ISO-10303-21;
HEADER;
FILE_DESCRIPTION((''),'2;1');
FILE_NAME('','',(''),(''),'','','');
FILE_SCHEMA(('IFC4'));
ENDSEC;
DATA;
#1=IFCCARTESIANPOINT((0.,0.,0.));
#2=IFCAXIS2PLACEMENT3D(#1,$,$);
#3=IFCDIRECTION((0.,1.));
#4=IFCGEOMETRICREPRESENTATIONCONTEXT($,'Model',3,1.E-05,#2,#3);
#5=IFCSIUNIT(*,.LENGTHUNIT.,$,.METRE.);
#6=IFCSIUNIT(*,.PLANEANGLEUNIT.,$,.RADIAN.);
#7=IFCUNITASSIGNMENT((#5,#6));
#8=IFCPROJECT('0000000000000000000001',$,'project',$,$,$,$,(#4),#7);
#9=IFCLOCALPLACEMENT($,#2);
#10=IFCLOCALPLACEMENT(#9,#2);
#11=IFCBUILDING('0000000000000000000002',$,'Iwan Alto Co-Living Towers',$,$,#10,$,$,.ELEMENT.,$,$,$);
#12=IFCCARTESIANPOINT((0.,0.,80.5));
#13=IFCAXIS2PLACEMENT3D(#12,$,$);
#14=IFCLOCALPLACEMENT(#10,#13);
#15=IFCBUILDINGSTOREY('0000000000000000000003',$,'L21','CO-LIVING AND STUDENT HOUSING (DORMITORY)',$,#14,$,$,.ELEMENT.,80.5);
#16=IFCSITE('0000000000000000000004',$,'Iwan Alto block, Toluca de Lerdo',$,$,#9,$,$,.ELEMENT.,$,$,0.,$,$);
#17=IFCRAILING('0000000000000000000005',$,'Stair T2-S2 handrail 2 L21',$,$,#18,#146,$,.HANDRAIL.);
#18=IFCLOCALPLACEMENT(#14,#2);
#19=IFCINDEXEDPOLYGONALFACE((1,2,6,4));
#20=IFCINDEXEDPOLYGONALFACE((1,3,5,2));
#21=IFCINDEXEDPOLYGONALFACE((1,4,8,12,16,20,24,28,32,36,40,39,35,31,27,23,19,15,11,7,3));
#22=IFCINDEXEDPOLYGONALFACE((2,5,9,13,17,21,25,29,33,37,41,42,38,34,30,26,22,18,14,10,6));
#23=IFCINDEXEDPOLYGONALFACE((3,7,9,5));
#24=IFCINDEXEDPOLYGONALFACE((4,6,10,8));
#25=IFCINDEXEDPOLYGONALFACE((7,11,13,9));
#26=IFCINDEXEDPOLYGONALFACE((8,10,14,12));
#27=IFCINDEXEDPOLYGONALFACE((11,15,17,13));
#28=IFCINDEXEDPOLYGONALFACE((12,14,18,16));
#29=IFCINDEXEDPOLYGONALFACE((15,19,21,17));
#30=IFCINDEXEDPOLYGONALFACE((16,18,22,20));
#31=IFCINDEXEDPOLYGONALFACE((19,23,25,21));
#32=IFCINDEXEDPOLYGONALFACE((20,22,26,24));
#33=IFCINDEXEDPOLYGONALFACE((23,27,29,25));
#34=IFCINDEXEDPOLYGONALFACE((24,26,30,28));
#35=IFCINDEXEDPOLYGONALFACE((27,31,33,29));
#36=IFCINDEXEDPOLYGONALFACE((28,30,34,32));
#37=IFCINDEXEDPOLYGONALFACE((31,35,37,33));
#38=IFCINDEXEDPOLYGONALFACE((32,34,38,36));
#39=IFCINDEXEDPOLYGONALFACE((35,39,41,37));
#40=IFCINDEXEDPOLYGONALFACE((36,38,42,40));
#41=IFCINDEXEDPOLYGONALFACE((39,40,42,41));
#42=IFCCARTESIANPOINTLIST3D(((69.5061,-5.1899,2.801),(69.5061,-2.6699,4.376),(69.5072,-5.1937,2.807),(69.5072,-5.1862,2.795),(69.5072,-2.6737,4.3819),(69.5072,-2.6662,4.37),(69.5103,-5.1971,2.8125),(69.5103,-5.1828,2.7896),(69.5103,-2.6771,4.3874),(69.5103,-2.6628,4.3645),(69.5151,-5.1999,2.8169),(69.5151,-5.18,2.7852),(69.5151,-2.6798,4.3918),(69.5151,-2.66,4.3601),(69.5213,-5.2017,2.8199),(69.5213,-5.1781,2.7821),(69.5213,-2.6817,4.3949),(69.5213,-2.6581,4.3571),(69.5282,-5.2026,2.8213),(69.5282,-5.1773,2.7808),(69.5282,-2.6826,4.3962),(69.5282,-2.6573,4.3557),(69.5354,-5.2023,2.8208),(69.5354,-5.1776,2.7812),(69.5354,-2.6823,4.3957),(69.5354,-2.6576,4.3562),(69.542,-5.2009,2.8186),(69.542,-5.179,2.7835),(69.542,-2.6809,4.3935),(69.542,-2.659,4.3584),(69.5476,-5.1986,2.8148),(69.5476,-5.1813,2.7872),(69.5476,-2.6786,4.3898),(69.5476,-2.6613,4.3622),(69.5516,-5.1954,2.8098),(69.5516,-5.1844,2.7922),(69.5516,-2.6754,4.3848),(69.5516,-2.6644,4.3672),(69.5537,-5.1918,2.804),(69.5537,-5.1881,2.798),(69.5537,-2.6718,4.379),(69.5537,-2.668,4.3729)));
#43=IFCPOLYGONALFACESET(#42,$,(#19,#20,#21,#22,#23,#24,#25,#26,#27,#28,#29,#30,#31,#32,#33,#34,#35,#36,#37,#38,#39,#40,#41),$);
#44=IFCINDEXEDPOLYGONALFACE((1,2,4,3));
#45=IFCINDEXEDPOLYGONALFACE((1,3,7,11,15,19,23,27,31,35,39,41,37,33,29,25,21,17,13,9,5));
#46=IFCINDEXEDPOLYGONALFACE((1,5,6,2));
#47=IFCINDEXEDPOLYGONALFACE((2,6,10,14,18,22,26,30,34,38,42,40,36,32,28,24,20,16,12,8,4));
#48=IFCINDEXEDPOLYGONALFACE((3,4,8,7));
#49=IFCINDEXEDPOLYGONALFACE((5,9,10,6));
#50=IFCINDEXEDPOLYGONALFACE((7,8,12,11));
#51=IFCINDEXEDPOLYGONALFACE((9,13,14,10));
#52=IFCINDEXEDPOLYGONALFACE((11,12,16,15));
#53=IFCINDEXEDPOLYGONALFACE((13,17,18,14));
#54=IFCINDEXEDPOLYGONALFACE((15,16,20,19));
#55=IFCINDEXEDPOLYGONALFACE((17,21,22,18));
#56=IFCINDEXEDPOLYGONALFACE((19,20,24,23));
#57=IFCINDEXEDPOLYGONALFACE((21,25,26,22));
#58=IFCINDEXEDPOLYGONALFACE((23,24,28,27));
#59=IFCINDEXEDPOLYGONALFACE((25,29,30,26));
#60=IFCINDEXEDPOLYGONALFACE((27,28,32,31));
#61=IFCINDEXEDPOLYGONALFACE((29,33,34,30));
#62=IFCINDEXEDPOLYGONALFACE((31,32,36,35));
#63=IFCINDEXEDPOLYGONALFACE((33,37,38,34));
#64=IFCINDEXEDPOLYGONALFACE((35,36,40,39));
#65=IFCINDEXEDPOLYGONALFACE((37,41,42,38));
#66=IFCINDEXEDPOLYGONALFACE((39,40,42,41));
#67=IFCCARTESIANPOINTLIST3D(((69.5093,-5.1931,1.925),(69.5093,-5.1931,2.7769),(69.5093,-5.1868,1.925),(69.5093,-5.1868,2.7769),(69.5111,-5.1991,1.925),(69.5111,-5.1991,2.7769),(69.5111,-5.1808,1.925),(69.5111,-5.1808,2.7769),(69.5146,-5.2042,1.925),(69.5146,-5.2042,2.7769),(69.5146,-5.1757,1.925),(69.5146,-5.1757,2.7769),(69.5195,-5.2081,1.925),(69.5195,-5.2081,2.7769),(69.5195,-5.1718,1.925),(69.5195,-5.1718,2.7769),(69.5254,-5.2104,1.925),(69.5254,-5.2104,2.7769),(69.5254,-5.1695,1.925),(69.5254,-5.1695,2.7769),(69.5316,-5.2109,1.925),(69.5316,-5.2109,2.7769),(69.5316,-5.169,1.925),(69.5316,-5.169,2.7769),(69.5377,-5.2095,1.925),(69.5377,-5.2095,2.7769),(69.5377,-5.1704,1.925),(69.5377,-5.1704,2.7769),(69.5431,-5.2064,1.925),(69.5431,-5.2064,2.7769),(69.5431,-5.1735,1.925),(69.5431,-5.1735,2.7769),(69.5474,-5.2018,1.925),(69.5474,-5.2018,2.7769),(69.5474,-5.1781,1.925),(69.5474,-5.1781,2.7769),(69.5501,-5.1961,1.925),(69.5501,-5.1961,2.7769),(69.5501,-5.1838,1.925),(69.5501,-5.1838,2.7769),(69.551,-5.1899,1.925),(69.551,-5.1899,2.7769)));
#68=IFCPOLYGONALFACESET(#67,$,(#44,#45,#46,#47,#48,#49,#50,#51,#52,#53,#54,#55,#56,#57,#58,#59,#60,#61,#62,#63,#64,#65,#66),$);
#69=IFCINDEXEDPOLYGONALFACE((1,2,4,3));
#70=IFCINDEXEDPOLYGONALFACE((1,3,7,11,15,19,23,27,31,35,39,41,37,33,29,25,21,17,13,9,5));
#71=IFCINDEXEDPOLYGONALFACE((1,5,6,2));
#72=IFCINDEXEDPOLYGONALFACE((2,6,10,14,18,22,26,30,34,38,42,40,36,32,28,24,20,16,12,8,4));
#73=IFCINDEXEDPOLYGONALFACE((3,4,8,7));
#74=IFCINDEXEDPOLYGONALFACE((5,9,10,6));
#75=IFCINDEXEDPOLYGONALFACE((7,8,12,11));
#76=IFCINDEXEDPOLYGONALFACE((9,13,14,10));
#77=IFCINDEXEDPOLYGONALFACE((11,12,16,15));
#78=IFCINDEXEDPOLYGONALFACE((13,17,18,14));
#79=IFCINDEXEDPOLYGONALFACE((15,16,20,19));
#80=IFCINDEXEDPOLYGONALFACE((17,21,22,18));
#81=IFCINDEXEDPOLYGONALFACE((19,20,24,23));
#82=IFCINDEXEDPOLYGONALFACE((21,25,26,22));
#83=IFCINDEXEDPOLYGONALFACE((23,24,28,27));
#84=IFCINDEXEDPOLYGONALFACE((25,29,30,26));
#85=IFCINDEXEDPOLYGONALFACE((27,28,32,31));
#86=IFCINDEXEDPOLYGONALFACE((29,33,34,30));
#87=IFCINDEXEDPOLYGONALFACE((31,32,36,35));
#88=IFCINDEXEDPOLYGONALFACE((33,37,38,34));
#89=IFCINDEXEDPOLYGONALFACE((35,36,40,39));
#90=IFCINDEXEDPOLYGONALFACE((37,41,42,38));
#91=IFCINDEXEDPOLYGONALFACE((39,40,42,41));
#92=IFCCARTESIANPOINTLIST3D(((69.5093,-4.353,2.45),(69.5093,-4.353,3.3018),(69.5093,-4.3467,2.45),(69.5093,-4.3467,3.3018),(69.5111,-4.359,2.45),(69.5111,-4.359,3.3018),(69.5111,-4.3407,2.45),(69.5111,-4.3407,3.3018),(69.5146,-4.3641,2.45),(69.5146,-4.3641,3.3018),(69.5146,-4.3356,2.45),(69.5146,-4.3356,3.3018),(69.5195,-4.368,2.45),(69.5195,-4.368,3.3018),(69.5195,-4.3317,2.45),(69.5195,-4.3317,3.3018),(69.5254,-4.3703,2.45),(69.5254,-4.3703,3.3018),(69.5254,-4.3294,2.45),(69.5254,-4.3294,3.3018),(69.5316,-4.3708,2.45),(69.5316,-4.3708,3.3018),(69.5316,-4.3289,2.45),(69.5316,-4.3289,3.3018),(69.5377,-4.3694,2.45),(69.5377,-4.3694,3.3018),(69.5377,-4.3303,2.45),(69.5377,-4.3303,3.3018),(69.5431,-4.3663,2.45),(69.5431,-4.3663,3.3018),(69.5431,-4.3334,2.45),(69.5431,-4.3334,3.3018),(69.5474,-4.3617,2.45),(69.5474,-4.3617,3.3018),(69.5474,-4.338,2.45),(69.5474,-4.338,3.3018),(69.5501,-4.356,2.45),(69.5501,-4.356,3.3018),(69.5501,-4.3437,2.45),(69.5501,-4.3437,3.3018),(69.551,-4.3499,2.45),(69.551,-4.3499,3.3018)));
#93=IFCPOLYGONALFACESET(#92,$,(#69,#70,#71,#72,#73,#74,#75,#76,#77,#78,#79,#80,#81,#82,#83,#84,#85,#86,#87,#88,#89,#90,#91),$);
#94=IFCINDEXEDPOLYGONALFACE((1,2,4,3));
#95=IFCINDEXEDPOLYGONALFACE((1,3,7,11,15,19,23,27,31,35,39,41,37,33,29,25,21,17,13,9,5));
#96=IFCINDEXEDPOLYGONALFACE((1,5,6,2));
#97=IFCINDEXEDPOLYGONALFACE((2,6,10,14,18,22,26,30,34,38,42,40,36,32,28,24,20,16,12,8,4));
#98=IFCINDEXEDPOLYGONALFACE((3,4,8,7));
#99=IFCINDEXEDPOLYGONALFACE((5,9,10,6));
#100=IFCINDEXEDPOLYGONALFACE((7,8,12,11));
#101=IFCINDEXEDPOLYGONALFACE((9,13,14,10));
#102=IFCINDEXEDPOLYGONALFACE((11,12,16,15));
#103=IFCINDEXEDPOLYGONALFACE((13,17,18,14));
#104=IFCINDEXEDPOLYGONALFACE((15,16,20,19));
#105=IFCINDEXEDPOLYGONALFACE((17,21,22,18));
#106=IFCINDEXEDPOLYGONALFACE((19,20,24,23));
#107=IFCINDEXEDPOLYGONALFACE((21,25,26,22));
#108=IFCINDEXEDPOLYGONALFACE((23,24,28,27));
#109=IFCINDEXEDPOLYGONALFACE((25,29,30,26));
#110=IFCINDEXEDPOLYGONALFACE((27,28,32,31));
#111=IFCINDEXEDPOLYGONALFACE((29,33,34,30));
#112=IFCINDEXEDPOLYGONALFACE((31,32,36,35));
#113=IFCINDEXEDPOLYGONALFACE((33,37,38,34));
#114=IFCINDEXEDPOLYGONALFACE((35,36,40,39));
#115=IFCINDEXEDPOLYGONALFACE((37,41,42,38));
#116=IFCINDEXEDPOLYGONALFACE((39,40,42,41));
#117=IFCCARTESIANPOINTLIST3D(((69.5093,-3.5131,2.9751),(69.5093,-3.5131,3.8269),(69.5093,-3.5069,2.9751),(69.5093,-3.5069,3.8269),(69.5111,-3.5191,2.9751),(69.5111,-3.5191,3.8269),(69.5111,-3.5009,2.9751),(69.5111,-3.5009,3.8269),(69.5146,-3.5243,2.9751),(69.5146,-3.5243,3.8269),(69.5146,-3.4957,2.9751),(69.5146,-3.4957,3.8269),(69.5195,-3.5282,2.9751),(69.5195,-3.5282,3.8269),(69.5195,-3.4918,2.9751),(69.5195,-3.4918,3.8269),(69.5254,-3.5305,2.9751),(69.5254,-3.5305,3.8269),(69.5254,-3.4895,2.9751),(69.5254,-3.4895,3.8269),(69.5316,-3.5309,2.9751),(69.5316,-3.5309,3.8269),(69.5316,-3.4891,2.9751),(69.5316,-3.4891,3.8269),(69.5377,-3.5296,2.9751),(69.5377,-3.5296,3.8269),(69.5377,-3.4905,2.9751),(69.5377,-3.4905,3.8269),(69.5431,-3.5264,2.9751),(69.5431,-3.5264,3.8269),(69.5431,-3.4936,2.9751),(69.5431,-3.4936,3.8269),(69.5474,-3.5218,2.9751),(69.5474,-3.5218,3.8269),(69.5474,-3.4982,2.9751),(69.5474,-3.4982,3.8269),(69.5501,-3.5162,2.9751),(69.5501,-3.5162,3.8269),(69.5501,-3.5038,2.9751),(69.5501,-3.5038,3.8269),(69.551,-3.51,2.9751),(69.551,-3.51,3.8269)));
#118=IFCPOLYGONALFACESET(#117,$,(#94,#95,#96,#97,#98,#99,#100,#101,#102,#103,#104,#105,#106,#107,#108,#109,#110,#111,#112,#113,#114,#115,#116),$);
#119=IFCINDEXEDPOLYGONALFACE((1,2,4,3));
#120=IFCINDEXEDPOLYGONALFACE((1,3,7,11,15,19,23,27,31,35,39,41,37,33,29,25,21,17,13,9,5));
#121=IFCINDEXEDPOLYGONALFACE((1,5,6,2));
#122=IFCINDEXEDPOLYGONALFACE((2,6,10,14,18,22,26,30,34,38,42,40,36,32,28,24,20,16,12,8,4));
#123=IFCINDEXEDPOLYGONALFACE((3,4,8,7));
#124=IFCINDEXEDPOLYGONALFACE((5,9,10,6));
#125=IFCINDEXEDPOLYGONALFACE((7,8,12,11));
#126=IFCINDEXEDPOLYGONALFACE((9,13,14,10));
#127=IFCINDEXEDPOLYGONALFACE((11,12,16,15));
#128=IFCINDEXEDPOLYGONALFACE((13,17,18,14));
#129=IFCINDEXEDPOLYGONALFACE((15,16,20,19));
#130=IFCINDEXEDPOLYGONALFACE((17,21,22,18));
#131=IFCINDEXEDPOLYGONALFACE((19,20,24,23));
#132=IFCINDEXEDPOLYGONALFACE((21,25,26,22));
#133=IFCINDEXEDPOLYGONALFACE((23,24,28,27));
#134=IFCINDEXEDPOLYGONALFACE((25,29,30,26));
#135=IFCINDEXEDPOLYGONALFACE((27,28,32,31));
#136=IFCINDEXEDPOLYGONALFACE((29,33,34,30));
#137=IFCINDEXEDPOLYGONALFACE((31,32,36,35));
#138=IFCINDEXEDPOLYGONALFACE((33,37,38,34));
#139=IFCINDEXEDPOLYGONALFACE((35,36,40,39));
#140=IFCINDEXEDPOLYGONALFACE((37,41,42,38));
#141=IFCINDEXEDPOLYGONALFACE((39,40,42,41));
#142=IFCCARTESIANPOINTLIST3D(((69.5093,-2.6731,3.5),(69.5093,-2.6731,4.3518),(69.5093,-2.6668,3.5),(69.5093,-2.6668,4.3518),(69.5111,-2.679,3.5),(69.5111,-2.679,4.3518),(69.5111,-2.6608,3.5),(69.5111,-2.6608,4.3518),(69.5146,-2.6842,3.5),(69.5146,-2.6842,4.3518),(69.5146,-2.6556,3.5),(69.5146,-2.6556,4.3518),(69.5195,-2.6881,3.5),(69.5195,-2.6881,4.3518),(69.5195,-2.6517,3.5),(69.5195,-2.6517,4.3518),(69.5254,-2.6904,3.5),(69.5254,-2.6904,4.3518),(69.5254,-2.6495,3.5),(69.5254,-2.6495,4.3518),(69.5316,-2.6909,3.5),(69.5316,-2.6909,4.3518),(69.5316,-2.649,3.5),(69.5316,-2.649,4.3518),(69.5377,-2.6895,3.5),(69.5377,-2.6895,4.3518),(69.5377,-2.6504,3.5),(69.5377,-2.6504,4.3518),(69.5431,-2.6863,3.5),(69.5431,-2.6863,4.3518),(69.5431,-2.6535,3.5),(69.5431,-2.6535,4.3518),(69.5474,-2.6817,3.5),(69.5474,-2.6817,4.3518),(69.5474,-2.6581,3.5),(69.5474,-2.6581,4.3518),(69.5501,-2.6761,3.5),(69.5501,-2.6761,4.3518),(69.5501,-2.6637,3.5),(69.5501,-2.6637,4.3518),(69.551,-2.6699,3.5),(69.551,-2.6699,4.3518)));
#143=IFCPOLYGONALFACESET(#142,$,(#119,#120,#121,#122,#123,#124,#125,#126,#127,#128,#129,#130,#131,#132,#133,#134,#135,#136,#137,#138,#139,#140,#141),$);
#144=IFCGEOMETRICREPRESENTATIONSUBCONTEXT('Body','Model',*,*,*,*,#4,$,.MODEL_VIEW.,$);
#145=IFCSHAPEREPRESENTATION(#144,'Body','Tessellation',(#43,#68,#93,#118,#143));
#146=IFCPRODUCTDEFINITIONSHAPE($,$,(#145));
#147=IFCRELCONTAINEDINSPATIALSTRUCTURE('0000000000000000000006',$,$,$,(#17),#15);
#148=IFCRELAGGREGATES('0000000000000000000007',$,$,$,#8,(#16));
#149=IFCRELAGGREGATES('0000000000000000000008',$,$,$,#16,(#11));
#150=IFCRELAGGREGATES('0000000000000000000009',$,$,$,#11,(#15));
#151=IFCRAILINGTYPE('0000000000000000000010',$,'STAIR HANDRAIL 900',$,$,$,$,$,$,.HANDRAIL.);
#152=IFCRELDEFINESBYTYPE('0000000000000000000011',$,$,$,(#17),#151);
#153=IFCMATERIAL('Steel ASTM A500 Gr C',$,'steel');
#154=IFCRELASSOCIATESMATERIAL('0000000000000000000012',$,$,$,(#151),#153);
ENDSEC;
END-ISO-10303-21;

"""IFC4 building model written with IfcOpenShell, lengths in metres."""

from ifc_helpers import new_model, si_unit, direction, frame, origin, origin_2d, place, context, subcontext, project, spatial, circle, extrude, material, type_object, element, save


model = new_model("IFC4")

# Units and contexts
model_context = context("Model", 3, precision=1e-05, world=origin(), true_north=direction((0.0, 1.0)))
body_context = subcontext(model_context, "Body", "Model", "MODEL_VIEW")
ifc_project = project(units=[si_unit("LENGTHUNIT", "METRE"), si_unit("PLANEANGLEUNIT", "RADIAN")], contexts=[model_context])

# Site, building, storey
site_placement = place(None, origin())
site = spatial("IfcSite", under=ifc_project, at=site_placement, Name="Iwan Alto block, Toluca de Lerdo", CompositionType="ELEMENT", RefElevation=0.0)
building_placement = place(site_placement, origin())
building = spatial("IfcBuilding", under=site, at=building_placement, Name="Iwan Alto Co-Living Towers", CompositionType="ELEMENT")
storey_placement = place(building_placement, frame((0.0, 0.0, 80.5)))
storey = spatial("IfcBuildingStorey", under=building, at=storey_placement, Name="L21", Description="CO-LIVING AND STUDENT HOUSING (DORMITORY)", CompositionType="ELEMENT", Elevation=80.5)

# Railing
ifc_material_1 = material(Name="Steel ASTM A500 Gr C", Category="steel")
railing_type = type_object("IfcRailingType", Name="STAIR HANDRAIL 900", PredefinedType="HANDRAIL", material=ifc_material_1)
railing_placement = place(storey_placement, frame((69.53, -5.1899, 1.925)))
element("IfcRailing", 1, at=railing_placement, inside=storey, type_object=railing_type, Name="Stair T2-S2 handrail 2 L21", PredefinedType="HANDRAIL", context=body_context, shape_type="SweptSolid", body=[
    extrude(circle(Radius=0.0239, at=origin_2d()), frame((0.0, 0.0, 0.876), z_axis=(0.0, 0.848008, 0.529984), x_axis=(-1.0, 0.0, 0.0)), (0.0, 0.0, 1.0), 2.9717),
    extrude(circle(Radius=0.021, at=origin_2d()), origin(), (0.0, 0.0, 1.0), 0.8518),
    extrude(circle(Radius=0.021, at=origin_2d()), frame((0.0, 0.8401, 0.5249)), (0.0, 0.0, 1.0), 0.8518),
    extrude(circle(Radius=0.021, at=origin_2d()), frame((0.0, 1.6799, 1.05)), (0.0, 0.0, 1.0), 0.8518),
    extrude(circle(Radius=0.021, at=origin_2d()), frame((0.0, 2.52, 1.575)), (0.0, 0.0, 1.0), 0.8518),
])

save(model, "model.ifc")
